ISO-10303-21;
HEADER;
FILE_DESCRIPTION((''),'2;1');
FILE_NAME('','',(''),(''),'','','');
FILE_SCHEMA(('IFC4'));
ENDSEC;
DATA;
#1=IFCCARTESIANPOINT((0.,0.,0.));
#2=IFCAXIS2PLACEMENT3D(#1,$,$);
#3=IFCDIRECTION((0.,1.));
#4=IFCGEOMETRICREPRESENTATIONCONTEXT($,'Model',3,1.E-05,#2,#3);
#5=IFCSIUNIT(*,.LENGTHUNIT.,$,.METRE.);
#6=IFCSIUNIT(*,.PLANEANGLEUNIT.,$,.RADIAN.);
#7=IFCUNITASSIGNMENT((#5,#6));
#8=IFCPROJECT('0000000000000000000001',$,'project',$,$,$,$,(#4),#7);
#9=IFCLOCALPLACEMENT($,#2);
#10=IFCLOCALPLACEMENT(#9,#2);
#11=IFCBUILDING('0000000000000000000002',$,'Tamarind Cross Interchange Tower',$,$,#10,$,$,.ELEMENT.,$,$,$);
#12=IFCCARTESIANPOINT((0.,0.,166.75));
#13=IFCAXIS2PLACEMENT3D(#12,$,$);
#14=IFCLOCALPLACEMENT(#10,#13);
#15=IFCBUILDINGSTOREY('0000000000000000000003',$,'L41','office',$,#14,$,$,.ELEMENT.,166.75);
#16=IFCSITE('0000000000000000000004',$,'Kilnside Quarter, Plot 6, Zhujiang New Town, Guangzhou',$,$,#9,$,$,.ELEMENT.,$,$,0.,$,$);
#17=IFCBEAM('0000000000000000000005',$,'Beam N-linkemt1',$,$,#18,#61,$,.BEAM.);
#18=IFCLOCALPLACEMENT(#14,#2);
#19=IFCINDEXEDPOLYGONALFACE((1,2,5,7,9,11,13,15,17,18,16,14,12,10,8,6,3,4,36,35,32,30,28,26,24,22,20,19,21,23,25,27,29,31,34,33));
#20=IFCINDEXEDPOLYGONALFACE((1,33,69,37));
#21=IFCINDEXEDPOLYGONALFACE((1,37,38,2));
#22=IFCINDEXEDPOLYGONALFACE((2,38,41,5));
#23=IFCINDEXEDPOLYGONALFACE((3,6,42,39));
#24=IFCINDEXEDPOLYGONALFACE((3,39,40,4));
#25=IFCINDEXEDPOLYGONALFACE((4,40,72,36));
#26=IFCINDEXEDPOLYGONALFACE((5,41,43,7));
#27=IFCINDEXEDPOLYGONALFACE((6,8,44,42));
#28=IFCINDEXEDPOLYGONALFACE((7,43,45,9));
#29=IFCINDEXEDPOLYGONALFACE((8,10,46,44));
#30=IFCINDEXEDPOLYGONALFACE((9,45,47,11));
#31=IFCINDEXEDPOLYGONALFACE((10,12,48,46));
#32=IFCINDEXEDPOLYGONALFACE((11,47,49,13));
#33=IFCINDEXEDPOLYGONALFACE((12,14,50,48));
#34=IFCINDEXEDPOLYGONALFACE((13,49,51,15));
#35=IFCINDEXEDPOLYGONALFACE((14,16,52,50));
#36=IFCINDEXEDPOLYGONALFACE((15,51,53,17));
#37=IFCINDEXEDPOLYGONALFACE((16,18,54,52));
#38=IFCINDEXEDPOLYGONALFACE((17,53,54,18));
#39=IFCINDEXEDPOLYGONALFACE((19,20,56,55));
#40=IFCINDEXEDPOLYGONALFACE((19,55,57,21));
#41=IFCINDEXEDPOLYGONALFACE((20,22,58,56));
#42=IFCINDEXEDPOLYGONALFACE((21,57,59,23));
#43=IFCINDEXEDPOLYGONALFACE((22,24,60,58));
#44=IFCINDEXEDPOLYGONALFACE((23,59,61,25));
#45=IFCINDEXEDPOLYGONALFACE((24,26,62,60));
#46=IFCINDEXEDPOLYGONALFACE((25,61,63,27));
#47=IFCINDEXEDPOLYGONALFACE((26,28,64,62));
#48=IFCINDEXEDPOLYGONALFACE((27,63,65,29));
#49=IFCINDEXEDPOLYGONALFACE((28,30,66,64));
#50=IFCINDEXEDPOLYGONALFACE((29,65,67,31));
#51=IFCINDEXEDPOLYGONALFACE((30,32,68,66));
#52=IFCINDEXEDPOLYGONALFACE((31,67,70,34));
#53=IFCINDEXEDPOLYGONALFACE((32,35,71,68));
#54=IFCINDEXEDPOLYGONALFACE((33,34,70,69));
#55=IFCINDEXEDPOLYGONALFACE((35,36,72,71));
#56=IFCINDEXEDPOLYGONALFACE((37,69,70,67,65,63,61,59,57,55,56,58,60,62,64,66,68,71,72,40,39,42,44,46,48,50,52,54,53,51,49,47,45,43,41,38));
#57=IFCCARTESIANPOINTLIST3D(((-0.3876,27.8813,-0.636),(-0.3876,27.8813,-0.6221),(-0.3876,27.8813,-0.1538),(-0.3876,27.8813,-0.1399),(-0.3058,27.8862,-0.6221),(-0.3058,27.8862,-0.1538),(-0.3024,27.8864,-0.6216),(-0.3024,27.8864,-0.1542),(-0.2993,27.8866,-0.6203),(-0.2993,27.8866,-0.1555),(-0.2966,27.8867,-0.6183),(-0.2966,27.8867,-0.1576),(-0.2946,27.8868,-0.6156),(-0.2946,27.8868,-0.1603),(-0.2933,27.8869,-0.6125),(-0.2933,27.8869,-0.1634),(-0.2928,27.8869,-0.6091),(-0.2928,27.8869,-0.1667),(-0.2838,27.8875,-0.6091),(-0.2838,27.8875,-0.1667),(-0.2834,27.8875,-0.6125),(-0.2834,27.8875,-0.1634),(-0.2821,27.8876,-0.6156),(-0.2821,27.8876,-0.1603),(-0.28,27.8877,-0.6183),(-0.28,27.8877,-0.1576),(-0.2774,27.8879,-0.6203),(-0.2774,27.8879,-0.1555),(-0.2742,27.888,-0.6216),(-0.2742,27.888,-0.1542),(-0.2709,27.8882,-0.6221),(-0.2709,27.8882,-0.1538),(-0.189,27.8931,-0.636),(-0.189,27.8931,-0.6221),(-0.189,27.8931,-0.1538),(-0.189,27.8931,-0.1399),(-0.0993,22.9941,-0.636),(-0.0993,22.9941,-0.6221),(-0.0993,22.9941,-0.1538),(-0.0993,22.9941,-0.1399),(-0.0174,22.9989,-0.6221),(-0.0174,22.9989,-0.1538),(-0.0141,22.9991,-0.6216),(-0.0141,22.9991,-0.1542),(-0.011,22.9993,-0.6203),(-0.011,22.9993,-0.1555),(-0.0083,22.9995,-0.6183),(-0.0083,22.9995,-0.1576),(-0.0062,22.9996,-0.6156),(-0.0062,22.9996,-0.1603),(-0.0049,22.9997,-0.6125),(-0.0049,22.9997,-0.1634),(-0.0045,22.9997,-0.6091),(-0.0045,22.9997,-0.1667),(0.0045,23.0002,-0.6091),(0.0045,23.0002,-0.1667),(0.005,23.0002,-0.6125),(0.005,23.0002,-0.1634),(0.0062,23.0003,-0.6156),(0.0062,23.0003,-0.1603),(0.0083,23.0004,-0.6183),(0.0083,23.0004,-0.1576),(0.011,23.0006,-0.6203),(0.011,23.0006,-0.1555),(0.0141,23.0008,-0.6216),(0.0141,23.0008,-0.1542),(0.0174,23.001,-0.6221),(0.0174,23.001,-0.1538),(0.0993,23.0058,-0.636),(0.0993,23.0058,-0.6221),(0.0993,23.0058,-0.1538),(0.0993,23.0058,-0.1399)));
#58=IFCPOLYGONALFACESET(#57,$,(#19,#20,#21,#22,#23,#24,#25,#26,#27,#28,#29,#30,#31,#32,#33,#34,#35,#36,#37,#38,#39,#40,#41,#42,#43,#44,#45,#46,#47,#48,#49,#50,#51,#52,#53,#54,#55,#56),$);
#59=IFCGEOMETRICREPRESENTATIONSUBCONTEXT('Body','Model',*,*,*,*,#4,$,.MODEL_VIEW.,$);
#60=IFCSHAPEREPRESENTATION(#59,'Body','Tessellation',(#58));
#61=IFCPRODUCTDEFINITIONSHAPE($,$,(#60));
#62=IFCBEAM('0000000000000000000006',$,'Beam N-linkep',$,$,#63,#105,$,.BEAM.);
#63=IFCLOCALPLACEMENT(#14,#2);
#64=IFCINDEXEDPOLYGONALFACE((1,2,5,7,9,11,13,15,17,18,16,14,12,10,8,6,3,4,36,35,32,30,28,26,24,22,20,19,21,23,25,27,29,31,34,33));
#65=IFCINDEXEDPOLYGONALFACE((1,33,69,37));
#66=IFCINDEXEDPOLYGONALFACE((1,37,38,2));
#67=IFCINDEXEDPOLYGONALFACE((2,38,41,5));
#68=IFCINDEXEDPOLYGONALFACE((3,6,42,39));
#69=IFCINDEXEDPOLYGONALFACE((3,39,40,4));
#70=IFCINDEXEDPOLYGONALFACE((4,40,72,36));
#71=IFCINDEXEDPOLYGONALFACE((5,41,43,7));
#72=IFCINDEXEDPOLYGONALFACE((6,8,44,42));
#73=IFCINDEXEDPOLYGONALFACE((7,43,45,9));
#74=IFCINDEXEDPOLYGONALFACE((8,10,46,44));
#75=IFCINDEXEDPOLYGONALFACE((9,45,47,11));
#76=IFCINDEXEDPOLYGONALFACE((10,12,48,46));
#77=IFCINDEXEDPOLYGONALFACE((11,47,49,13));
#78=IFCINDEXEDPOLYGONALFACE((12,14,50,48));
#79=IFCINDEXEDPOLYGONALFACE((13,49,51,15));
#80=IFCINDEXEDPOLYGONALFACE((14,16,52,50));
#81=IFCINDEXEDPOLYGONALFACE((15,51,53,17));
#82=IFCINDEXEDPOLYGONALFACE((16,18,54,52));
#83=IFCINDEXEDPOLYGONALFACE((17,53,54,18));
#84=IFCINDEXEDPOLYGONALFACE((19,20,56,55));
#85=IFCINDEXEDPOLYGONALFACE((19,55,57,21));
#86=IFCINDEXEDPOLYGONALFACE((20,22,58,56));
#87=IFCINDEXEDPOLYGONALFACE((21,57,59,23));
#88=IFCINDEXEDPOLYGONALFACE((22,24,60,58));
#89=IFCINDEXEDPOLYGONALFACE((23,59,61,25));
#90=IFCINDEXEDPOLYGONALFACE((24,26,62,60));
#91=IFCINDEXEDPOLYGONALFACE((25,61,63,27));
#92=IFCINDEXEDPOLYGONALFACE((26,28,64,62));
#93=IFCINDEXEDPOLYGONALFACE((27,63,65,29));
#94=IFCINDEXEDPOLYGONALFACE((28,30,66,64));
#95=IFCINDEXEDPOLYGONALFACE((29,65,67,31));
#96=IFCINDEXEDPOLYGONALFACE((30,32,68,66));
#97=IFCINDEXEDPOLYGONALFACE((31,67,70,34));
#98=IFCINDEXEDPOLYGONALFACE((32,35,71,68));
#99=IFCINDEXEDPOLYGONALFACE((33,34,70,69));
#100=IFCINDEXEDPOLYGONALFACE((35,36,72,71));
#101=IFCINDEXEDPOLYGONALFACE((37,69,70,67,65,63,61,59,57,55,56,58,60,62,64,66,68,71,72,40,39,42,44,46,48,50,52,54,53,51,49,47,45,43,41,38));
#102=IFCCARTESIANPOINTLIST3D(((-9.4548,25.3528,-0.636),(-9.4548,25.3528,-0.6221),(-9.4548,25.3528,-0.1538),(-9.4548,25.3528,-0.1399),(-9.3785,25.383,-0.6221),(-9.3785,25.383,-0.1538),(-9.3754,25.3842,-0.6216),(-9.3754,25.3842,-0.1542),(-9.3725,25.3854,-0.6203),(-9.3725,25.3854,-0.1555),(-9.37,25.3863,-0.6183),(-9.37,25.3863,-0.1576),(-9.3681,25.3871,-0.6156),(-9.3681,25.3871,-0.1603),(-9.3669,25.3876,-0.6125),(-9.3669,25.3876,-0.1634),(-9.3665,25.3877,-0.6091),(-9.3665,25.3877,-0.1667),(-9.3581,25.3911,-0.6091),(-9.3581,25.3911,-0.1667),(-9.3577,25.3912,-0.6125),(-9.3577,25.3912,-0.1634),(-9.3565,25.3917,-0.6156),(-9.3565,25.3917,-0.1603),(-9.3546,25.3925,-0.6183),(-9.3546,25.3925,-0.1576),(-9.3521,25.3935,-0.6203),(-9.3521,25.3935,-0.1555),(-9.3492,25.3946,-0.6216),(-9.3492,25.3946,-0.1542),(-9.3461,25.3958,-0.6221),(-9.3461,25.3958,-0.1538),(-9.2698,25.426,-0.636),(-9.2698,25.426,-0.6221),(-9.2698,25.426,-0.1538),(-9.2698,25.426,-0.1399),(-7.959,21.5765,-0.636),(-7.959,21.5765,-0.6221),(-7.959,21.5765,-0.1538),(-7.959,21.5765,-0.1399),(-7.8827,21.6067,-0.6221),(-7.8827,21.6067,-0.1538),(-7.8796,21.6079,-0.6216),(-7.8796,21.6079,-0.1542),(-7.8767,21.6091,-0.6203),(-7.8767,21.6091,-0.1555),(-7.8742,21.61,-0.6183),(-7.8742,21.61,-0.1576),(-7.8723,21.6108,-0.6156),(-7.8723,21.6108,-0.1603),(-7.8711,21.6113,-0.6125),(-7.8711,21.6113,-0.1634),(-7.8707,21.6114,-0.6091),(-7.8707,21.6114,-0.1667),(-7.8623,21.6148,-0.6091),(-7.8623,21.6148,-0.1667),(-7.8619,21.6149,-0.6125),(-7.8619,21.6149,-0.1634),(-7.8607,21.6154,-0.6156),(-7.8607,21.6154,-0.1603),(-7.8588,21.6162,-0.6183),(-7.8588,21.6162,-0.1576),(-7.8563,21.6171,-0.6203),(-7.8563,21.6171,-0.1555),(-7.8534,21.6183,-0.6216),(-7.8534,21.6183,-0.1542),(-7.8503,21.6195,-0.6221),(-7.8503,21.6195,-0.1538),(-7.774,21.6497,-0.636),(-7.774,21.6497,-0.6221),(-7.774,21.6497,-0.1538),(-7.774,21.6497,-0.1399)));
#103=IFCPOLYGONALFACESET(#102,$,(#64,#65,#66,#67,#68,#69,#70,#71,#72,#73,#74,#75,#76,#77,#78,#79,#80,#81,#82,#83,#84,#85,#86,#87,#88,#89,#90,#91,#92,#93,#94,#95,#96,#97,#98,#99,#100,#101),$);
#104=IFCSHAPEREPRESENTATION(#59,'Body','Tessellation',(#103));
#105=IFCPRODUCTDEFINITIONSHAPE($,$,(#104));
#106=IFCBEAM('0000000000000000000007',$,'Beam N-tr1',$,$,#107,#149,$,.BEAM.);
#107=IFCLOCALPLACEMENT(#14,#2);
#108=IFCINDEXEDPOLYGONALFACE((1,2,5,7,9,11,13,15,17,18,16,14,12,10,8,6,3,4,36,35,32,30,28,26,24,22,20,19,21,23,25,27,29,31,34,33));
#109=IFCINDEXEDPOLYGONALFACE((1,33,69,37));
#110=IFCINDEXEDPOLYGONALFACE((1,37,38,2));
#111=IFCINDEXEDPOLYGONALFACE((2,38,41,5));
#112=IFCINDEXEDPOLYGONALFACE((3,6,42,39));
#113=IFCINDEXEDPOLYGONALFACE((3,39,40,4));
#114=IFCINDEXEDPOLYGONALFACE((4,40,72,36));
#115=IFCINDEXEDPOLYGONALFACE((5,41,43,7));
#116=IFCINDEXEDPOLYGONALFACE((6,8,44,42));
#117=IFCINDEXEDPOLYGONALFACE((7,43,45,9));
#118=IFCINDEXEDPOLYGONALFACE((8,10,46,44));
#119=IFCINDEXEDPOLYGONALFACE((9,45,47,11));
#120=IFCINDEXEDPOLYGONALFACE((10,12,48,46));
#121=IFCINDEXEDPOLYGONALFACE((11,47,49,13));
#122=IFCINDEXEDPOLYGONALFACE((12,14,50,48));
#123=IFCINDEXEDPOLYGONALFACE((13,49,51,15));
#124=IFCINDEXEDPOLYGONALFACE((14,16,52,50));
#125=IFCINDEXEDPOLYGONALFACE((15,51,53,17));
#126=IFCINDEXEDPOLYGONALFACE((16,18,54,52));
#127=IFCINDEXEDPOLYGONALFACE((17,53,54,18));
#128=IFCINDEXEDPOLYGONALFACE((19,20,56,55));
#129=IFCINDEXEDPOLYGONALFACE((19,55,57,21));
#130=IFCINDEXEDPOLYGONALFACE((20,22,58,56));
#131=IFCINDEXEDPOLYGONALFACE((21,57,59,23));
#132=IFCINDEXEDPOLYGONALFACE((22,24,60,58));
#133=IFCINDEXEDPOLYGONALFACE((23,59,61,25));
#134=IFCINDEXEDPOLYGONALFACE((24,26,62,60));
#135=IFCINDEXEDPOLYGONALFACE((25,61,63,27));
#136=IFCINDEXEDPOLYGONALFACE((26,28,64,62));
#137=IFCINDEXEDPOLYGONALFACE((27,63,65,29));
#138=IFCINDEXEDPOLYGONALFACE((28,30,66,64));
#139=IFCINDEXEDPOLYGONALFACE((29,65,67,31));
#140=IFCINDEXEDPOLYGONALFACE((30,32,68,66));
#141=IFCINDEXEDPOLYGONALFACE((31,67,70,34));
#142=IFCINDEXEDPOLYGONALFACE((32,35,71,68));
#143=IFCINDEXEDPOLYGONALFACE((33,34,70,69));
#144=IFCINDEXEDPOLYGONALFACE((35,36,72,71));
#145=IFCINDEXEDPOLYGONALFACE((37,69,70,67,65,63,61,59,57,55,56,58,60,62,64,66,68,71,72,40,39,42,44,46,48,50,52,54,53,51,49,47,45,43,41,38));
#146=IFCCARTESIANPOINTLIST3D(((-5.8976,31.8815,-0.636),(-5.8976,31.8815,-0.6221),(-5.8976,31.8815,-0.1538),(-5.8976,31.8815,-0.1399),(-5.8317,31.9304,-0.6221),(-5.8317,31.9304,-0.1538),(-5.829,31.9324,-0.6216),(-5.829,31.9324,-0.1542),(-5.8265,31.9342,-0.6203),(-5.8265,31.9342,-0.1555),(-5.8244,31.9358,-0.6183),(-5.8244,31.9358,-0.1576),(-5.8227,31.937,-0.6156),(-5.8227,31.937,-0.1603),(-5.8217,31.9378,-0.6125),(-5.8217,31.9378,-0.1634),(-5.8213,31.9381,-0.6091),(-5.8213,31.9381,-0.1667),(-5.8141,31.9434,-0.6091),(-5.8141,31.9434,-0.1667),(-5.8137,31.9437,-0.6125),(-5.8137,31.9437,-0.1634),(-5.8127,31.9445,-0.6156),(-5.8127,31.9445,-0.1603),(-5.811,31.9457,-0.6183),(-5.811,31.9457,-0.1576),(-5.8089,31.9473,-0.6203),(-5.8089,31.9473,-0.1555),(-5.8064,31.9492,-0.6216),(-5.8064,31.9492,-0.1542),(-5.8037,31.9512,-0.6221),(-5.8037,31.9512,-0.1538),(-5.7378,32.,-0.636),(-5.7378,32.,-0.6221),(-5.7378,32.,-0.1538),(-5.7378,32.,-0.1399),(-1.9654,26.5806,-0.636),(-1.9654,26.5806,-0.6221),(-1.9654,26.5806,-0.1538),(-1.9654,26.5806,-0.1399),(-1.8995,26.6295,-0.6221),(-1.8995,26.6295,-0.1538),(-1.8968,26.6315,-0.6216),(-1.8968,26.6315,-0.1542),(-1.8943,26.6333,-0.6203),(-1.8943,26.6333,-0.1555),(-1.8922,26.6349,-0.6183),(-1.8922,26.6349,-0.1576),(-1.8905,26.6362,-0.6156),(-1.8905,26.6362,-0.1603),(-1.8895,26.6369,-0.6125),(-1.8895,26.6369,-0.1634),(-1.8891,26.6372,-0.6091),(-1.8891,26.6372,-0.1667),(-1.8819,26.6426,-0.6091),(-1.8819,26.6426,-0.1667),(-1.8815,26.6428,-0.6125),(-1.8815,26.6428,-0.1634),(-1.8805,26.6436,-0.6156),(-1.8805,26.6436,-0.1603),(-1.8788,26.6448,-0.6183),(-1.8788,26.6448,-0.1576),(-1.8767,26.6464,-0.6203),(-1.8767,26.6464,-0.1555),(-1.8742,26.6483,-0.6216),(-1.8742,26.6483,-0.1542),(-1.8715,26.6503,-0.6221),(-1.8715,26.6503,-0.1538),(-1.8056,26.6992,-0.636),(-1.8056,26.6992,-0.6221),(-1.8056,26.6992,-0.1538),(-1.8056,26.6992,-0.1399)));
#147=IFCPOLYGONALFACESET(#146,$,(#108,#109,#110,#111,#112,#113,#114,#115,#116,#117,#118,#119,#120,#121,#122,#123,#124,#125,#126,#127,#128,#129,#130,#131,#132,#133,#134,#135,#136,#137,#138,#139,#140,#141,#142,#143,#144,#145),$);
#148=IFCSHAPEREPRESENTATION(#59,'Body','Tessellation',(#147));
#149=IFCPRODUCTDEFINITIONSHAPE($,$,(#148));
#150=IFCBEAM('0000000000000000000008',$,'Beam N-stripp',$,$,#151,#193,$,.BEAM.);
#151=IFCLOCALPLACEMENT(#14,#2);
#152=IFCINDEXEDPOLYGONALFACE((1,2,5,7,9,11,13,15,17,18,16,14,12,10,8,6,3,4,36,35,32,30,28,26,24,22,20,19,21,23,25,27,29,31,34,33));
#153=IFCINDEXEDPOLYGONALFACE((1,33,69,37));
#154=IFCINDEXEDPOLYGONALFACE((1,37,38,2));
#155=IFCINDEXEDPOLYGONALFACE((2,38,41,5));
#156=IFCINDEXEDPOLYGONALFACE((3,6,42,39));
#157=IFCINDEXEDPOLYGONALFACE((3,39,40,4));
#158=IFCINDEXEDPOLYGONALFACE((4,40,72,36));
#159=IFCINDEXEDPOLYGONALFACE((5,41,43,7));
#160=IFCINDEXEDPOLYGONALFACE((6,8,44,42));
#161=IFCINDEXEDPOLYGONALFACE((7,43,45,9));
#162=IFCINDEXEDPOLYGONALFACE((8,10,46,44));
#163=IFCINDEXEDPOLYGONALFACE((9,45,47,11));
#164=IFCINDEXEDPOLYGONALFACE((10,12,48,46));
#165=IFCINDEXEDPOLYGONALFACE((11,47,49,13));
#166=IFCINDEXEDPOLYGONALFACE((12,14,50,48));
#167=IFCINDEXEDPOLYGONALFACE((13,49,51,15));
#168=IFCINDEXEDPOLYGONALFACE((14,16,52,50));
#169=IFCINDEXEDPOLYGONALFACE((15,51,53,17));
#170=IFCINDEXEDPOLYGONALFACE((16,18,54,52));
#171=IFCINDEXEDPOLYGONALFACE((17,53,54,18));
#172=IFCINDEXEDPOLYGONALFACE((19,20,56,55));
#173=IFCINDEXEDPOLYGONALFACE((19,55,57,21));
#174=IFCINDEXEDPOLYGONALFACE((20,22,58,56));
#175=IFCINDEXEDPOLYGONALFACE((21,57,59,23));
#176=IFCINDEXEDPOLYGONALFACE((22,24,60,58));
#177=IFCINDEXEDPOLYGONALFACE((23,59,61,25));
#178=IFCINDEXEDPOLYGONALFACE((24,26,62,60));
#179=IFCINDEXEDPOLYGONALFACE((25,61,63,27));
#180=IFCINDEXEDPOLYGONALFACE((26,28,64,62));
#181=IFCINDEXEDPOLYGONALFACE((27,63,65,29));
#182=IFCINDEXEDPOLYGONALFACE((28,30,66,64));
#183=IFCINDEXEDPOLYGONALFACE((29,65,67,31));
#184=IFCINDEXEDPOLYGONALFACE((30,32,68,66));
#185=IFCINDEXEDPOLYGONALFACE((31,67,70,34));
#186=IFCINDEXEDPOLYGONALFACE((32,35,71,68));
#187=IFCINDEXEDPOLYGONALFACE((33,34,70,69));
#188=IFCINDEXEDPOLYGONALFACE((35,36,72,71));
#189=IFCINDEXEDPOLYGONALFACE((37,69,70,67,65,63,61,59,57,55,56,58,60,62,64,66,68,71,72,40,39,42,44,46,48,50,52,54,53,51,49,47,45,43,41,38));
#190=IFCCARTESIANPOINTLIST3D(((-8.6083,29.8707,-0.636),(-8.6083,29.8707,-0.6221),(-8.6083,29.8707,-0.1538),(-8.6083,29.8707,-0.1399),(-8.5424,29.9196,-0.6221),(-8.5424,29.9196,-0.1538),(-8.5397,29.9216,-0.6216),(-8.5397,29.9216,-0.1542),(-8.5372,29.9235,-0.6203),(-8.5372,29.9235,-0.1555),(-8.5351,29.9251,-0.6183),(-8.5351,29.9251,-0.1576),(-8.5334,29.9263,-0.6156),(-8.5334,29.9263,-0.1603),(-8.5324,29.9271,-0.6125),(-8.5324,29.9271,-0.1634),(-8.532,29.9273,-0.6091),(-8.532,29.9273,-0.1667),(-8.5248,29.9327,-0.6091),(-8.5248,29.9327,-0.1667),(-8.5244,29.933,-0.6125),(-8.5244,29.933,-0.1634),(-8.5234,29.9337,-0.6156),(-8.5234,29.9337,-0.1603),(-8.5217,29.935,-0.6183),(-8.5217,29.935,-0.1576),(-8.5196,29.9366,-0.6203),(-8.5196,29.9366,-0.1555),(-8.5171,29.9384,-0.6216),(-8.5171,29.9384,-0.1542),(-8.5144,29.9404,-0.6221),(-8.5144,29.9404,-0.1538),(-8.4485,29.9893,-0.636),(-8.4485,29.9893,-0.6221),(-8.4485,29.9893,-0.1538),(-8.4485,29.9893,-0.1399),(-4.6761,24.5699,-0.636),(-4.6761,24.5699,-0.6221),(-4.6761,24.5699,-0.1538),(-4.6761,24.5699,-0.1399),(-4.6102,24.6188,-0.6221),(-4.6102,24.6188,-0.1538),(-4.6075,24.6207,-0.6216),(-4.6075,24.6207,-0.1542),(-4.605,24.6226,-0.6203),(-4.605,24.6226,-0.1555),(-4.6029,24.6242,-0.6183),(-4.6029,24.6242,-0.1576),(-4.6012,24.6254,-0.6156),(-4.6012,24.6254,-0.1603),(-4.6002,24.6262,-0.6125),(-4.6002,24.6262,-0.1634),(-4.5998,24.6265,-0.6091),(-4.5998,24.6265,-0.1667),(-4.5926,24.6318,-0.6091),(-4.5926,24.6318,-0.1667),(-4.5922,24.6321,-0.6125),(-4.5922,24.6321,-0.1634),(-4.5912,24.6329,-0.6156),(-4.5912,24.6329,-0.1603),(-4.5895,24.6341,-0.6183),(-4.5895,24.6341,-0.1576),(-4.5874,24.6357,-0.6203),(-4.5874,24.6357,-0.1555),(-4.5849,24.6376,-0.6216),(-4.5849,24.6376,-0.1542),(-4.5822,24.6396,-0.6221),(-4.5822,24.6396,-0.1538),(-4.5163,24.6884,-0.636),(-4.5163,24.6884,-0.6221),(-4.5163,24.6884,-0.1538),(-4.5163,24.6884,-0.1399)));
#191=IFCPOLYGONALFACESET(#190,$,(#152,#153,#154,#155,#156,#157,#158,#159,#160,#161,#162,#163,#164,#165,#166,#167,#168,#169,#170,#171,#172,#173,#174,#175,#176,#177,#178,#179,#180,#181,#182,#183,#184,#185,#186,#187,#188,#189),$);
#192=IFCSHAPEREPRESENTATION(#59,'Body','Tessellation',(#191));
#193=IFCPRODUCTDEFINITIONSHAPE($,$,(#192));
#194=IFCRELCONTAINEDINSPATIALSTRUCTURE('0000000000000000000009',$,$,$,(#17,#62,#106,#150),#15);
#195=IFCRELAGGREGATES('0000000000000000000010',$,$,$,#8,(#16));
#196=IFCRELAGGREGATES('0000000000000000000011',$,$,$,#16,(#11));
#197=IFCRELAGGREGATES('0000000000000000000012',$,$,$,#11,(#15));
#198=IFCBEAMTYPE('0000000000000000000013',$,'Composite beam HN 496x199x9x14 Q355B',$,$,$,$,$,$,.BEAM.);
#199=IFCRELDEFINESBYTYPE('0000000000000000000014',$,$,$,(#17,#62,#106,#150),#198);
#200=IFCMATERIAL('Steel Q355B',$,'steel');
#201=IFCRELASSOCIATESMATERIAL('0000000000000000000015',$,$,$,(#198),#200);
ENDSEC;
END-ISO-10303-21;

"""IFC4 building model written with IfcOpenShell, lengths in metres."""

from ifc_helpers import new_model, si_unit, direction, frame, origin, origin_2d, place, context, subcontext, project, spatial, i_section, extrude, material, material_profile, profile_set, type_object, element, save


model = new_model("IFC4")

# Units and contexts
model_context = context("Model", 3, precision=1e-05, world=origin(), true_north=direction((0.0, 1.0)))
body_context = subcontext(model_context, "Body", "Model", "MODEL_VIEW")
ifc_project = project(units=[si_unit("LENGTHUNIT", "METRE"), si_unit("PLANEANGLEUNIT", "RADIAN")], contexts=[model_context])

# Site, building, storey
site_placement = place(None, origin())
site = spatial("IfcSite", under=ifc_project, at=site_placement, Name="Kilnside Quarter, Plot 6, Zhujiang New Town, Guangzhou", CompositionType="ELEMENT", RefElevation=0.0)
building_placement = place(site_placement, origin())
building = spatial("IfcBuilding", under=site, at=building_placement, Name="Tamarind Cross Interchange Tower", CompositionType="ELEMENT")
storey_placement = place(building_placement, frame((0.0, 0.0, 166.75)))
storey = spatial("IfcBuildingStorey", under=building, at=storey_placement, Name="L41", Description="office", CompositionType="ELEMENT", Elevation=166.75)

# Beams
ifc_material_1 = material(Name="Steel Q355B", Category="steel")
ifc_material_profile_1 = material_profile(ifc_material_1, i_section(OverallWidth=0.199, OverallDepth=0.4961, WebThickness=0.009, FlangeThickness=0.0139, FilletRadius=0.0129, at=origin_2d()), Name="HN 496x199x9x14")
ifc_profile_set_1 = profile_set([ifc_material_profile_1], Name="Steel Q355B")
beam_type_1 = type_object("IfcBeamType", Name="Composite beam HN 496x199x9x14 Q355B", PredefinedType="BEAM", material=ifc_profile_set_1)
beam_1_placement = place(storey_placement, frame((-0.2883, 27.8872, -0.3879), z_axis=(0.058894, -0.998264, 0.0), x_axis=(0.998264, 0.058894, 0.0)))
element("IfcBeam", 1, at=beam_1_placement, inside=storey, type_object=beam_type_1, Name="Beam N-linkemt1", PredefinedType="BEAM", context=body_context, shape_type="SweptSolid", body=[
    extrude(i_section(OverallWidth=0.199, OverallDepth=0.4961, WebThickness=0.009, FlangeThickness=0.0139, FilletRadius=0.0129, at=origin_2d()), origin(), (0.0, 0.0, 1.0), 4.8958),
])
beam_2_placement = place(storey_placement, frame((-9.3623, 25.3894, -0.3879), z_axis=(0.368269, -0.929719, 0.0), x_axis=(0.929719, 0.368269, 0.0)))
element("IfcBeam", 2, at=beam_2_placement, inside=storey, type_object=beam_type_1, Name="Beam N-linkep", PredefinedType="BEAM", context=body_context, shape_type="SweptSolid", body=[
    extrude(i_section(OverallWidth=0.199, OverallDepth=0.4961, WebThickness=0.009, FlangeThickness=0.0139, FilletRadius=0.0129, at=origin_2d()), origin(), (0.0, 0.0, 1.0), 4.0618),
])
for number, where, z_axis, x_axis, name in (
    (3, (-1.8855, 26.6399, -0.3879), (-0.595778, 0.803149, 0.0), (-0.803149, -0.595778, 0.0), "Beam N-tr1"),
    (4, (-4.5962, 24.6292, -0.3879), (-0.595778, 0.803149, 0.0), (-0.803149, -0.595778, 0.0), "Beam N-stripp"),
):
    element("IfcBeam", number, at=place(storey_placement, frame(where, z_axis=z_axis, x_axis=x_axis)), inside=storey, type_object=beam_type_1, Name=name, PredefinedType="BEAM", context=body_context, shape_type="SweptSolid", body=[
        extrude(i_section(OverallWidth=0.199, OverallDepth=0.4961, WebThickness=0.009, FlangeThickness=0.0139, FilletRadius=0.0129, at=origin_2d()), origin(), (0.0, 0.0, 1.0), 6.6001),
    ])

save(model, "model.ifc")
